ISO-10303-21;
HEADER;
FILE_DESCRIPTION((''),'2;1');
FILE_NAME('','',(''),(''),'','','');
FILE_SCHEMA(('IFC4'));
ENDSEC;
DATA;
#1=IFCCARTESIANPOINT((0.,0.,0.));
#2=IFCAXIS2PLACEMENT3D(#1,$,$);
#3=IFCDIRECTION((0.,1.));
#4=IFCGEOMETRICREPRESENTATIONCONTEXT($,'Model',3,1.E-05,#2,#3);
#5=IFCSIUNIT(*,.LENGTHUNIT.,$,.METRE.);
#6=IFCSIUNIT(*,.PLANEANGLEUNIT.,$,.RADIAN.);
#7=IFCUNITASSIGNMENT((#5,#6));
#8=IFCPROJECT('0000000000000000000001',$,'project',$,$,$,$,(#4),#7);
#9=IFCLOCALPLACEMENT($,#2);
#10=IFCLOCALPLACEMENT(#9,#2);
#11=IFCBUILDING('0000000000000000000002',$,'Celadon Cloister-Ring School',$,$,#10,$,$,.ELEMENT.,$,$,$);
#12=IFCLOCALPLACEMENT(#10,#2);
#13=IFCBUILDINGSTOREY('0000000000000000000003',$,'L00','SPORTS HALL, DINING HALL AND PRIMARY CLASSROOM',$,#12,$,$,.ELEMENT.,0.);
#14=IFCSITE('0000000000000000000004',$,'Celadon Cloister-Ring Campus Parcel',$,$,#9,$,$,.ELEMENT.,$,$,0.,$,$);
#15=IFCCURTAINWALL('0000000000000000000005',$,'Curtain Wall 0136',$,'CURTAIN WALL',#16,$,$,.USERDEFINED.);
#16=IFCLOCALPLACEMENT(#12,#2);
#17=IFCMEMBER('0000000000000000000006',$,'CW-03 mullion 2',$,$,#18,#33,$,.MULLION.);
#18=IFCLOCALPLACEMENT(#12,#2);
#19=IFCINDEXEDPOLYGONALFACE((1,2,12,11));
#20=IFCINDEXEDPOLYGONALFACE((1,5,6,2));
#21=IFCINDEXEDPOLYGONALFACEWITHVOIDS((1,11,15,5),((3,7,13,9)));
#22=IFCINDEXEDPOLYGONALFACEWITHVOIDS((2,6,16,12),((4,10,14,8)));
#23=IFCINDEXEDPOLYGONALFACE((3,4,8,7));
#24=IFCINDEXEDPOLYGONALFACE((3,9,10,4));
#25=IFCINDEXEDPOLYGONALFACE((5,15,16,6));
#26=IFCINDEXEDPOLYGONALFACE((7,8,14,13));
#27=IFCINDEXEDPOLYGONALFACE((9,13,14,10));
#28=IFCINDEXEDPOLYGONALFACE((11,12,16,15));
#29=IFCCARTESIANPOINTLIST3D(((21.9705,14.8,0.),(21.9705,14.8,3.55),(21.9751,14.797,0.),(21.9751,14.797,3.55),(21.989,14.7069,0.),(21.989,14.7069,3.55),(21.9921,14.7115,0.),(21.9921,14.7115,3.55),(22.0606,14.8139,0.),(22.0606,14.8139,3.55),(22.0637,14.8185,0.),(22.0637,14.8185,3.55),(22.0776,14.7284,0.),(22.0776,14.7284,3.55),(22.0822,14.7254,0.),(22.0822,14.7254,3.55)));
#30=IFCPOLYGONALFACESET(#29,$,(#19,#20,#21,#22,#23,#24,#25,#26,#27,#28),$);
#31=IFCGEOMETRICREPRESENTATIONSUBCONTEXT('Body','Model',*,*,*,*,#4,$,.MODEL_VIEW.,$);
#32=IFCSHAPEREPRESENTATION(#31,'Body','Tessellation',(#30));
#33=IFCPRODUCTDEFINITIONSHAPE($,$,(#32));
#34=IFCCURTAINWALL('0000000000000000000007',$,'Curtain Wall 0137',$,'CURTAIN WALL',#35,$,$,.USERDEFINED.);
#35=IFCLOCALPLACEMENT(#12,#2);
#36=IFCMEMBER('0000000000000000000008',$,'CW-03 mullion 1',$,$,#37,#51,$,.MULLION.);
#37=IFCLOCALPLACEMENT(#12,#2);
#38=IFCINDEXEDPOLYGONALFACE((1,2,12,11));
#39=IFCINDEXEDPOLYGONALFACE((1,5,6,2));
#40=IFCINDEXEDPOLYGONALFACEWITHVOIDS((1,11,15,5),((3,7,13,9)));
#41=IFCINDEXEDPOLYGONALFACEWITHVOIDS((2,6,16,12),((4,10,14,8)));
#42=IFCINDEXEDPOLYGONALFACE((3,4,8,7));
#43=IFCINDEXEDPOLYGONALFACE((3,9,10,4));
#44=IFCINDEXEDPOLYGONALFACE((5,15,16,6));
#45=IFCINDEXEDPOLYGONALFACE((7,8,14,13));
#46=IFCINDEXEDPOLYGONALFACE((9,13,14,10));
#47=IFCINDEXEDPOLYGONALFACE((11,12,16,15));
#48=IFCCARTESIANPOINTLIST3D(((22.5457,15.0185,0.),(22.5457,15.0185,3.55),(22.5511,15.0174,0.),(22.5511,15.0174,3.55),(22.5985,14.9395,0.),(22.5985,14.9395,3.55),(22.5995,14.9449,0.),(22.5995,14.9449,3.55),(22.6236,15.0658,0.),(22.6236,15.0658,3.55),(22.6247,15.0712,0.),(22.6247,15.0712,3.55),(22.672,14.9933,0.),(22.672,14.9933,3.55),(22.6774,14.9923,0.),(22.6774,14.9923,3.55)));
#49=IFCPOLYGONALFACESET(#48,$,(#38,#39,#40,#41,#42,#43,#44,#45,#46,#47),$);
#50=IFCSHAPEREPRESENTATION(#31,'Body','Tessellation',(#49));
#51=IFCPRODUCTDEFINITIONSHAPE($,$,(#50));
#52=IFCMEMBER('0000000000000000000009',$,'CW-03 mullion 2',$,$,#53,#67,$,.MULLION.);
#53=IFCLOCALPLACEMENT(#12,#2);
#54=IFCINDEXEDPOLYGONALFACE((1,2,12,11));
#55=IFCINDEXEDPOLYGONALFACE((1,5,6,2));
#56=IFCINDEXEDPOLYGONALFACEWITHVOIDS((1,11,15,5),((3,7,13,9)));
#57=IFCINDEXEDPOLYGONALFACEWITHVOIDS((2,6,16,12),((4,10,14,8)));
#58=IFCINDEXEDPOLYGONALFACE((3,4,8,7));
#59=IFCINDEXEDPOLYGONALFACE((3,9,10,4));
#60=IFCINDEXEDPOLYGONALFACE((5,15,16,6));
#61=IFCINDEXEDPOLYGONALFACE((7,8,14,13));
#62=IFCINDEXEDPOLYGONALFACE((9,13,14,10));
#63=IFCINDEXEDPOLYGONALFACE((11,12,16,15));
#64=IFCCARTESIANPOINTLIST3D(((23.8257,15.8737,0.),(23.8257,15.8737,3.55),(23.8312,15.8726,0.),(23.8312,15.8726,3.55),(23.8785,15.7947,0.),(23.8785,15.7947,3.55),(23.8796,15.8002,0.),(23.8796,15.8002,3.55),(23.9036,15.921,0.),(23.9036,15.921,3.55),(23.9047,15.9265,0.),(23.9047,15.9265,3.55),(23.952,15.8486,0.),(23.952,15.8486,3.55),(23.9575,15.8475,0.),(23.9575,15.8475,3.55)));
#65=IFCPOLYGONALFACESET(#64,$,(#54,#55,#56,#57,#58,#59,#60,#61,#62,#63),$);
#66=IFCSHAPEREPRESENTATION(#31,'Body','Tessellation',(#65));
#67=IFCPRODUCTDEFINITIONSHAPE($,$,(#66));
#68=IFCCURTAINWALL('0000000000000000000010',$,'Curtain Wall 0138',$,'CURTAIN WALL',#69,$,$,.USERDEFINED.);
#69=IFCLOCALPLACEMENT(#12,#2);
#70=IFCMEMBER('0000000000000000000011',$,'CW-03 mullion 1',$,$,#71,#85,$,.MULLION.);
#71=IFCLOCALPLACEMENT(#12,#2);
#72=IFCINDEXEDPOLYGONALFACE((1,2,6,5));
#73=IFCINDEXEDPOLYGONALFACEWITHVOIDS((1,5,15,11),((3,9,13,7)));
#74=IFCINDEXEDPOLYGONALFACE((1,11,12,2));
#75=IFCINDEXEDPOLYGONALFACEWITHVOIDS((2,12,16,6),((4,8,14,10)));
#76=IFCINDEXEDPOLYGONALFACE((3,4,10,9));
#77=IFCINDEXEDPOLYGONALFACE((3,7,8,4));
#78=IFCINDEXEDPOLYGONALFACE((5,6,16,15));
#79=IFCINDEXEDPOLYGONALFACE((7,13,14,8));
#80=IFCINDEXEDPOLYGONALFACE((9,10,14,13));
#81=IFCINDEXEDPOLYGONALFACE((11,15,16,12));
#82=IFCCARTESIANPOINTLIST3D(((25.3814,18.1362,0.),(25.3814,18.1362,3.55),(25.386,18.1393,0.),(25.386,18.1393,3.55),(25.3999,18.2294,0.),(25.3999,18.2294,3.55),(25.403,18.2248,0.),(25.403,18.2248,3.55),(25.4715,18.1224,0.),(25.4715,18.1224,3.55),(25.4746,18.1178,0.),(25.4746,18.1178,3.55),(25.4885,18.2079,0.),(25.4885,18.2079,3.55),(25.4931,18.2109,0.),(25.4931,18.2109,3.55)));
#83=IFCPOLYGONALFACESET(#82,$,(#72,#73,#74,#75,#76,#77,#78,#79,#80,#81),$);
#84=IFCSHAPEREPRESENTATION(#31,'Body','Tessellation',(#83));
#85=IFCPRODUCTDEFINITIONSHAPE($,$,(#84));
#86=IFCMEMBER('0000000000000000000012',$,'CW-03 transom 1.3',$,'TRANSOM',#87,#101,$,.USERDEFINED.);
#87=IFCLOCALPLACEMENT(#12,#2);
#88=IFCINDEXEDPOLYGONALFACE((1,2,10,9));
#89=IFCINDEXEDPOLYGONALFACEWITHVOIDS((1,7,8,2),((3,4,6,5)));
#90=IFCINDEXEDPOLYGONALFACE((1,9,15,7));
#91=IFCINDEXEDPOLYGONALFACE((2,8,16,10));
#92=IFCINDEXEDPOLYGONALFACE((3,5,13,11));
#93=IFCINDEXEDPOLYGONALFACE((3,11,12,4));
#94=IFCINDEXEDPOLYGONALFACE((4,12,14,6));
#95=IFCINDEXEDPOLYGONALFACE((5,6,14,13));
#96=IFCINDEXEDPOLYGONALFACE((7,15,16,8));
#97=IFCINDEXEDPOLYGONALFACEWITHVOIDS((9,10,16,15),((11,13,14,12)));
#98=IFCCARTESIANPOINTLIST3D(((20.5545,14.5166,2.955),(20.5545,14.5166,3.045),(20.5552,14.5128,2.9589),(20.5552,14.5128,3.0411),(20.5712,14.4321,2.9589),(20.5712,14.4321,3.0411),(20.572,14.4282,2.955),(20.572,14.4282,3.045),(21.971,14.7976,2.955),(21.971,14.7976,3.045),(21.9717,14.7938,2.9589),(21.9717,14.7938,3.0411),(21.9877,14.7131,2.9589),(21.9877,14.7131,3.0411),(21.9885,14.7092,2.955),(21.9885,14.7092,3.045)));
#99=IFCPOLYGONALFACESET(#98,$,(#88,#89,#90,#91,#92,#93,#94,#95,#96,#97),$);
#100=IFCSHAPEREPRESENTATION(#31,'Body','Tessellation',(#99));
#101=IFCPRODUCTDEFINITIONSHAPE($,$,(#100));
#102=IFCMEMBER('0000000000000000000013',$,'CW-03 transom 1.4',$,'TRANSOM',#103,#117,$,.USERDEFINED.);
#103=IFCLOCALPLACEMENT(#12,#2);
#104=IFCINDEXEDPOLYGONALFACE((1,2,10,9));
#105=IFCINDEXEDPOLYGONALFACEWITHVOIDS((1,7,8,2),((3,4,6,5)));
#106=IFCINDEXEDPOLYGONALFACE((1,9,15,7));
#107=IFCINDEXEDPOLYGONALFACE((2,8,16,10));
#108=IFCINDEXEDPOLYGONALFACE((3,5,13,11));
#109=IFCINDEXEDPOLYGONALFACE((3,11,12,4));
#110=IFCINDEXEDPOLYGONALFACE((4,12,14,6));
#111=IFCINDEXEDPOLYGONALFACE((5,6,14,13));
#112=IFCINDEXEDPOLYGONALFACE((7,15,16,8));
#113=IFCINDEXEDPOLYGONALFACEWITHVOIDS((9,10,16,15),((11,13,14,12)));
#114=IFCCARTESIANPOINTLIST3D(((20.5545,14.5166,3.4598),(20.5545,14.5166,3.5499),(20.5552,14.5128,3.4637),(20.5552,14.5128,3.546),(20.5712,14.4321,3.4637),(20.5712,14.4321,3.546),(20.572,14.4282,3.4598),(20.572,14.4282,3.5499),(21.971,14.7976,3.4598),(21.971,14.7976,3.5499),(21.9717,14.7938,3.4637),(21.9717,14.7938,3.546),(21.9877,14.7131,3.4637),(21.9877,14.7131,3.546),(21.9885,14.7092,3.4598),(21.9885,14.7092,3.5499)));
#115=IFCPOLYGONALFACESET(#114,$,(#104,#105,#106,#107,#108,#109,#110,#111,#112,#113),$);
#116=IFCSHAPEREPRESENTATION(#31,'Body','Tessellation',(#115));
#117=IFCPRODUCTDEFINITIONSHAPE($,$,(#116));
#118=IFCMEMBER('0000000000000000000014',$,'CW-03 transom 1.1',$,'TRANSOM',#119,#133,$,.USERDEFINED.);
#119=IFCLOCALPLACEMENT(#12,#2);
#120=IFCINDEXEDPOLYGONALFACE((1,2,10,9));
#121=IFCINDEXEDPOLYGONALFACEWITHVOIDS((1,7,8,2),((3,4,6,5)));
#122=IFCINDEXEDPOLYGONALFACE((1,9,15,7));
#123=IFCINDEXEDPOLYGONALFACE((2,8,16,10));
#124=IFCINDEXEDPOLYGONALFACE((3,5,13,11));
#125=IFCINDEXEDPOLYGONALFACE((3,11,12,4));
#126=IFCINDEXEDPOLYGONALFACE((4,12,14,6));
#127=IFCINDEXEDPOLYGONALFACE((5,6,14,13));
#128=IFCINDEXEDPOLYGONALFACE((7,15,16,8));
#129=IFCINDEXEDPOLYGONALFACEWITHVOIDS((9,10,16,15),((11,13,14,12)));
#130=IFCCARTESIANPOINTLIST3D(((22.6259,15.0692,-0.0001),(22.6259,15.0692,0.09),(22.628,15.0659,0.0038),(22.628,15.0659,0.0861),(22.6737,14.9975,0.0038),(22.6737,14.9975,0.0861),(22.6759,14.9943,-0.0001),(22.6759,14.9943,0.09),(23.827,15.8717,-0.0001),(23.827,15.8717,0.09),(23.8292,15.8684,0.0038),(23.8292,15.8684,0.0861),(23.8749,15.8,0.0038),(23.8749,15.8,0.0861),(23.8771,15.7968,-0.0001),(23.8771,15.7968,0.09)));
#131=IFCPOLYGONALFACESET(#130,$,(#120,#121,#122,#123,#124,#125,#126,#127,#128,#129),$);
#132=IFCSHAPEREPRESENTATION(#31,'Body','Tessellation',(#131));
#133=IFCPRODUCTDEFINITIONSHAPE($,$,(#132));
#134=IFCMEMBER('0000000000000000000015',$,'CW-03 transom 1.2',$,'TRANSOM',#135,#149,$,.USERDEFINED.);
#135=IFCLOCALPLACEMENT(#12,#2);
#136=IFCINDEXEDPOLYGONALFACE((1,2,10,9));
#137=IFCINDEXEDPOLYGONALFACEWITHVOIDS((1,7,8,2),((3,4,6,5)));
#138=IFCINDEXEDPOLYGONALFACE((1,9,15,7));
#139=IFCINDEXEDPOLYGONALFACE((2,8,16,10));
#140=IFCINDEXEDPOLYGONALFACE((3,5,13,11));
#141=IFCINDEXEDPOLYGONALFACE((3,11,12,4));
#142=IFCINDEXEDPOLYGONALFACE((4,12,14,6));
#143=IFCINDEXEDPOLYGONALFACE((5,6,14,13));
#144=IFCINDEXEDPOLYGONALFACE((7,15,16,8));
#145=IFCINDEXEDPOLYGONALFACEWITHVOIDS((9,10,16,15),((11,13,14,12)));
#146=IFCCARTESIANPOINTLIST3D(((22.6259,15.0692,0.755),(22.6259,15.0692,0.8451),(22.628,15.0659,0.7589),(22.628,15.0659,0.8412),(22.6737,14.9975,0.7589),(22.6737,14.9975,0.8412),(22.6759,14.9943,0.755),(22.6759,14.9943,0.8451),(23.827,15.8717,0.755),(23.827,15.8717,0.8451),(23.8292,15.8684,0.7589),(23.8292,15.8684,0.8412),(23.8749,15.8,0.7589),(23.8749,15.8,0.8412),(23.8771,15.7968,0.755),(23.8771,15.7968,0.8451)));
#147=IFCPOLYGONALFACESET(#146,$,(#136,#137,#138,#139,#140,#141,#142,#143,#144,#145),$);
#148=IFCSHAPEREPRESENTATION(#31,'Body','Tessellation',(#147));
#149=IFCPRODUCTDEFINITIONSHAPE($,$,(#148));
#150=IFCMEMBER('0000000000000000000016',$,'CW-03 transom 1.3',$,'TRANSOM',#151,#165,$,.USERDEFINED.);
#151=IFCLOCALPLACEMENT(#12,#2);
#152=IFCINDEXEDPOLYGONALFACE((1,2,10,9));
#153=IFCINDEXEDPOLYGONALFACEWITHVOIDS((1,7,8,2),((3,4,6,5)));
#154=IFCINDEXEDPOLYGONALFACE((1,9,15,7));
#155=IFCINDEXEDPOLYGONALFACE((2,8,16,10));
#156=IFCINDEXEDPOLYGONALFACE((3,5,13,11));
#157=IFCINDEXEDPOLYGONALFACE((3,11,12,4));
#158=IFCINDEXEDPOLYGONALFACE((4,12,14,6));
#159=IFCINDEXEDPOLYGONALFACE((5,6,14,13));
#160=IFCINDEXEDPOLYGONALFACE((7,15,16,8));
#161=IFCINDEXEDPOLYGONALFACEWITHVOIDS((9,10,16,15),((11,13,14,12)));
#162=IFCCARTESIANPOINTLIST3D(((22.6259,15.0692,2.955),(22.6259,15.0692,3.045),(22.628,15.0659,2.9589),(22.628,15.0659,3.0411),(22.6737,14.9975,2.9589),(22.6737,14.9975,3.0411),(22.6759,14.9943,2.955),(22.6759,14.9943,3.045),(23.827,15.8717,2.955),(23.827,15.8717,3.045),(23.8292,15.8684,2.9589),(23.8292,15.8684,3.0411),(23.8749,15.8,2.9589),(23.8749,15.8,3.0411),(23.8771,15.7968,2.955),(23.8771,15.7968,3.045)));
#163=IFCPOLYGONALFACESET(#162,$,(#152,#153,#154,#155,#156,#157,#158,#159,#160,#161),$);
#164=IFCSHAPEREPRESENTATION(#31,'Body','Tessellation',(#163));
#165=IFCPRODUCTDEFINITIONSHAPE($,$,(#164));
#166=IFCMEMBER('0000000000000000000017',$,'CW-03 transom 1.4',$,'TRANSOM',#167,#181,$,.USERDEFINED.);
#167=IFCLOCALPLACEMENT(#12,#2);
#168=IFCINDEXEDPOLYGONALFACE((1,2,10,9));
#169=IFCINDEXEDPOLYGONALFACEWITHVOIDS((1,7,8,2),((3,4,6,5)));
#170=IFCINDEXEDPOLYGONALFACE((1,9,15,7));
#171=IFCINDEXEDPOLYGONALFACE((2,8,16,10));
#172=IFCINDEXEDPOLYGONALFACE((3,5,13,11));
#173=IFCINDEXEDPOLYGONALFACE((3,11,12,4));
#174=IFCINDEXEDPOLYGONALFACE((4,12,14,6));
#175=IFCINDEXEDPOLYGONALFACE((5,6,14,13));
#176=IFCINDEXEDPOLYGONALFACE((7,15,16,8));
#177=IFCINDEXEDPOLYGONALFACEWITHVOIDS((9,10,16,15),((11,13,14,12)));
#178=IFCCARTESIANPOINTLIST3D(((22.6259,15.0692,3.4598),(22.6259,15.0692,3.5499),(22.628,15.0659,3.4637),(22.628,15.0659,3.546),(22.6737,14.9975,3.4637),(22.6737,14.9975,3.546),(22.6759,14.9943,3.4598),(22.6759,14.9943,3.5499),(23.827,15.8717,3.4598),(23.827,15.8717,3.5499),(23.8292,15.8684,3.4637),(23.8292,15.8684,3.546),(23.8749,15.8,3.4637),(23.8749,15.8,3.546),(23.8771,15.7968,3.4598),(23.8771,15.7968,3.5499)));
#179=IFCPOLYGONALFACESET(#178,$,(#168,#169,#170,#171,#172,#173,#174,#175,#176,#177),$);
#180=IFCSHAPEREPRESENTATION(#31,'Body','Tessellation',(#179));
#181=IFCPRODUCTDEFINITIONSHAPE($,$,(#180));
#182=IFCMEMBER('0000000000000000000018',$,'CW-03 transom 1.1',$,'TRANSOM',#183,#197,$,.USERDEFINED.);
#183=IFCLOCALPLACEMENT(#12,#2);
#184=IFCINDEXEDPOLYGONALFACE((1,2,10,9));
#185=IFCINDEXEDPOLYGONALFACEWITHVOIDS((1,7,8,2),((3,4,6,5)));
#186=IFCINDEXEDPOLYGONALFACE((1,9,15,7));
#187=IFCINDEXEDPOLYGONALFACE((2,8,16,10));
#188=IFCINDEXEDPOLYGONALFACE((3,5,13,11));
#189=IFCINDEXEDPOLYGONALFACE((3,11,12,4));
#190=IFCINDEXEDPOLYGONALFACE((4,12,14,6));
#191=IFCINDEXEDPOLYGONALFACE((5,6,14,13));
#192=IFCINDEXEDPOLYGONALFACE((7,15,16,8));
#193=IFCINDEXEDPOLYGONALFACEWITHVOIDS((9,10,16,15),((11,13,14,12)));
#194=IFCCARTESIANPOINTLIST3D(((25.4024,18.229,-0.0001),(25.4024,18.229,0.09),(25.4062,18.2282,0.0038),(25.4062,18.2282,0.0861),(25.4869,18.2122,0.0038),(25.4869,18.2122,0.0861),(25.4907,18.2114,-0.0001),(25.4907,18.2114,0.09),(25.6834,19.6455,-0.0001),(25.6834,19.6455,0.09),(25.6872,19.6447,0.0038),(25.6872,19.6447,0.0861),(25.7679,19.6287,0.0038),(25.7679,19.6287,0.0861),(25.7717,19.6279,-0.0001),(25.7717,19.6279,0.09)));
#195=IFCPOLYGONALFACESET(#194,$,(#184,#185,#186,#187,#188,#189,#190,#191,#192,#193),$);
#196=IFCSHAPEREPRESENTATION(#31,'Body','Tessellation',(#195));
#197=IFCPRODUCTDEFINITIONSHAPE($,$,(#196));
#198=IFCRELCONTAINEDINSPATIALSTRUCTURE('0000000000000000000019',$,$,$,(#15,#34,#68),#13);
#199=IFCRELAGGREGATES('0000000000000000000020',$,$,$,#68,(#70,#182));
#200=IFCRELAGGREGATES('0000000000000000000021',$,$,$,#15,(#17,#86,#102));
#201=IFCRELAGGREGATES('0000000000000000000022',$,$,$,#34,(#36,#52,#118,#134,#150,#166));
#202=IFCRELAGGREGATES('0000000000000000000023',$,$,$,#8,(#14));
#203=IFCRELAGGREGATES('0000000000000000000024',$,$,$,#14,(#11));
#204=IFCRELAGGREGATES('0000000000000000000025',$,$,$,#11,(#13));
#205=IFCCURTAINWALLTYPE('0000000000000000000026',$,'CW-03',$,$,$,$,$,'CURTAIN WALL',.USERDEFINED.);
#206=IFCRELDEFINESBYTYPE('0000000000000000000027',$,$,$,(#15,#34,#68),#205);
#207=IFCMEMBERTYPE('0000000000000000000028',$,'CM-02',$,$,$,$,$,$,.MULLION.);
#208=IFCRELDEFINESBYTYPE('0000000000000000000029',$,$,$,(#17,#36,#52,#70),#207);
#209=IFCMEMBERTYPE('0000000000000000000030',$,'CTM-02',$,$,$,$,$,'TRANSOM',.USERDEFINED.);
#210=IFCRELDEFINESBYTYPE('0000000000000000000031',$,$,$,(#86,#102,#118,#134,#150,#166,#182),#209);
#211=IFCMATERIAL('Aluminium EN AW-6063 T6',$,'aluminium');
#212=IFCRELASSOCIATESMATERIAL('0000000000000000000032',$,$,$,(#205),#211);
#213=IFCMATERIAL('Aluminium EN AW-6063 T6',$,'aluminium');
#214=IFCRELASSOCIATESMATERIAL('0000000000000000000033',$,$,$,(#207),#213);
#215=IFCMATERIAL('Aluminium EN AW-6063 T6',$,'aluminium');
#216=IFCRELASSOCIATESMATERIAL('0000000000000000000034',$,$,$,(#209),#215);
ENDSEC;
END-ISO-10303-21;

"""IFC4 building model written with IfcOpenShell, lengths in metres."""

from ifc_helpers import new_model, si_unit, direction, frame, origin, origin_2d, place, context, subcontext, project, spatial, hollow_rectangle, extrude, material, material_profile, profile_set, type_object, element, aggregate, save


model = new_model("IFC4")

# Units and contexts
model_context = context("Model", 3, precision=1e-05, world=origin(), true_north=direction((0.0, 1.0)))
body_context = subcontext(model_context, "Body", "Model", "MODEL_VIEW")
ifc_project = project(units=[si_unit("LENGTHUNIT", "METRE"), si_unit("PLANEANGLEUNIT", "RADIAN")], contexts=[model_context])

# Site, building, storey
site_placement = place(None, origin())
site = spatial("IfcSite", under=ifc_project, at=site_placement, Name="Celadon Cloister-Ring Campus Parcel", CompositionType="ELEMENT", RefElevation=0.0)
building_placement = place(site_placement, origin())
building = spatial("IfcBuilding", under=site, at=building_placement, Name="Celadon Cloister-Ring School", CompositionType="ELEMENT")
storey_placement = place(building_placement, origin())
storey = spatial("IfcBuildingStorey", under=building, at=storey_placement, Name="L00", Description="SPORTS HALL, DINING HALL AND PRIMARY CLASSROOM", CompositionType="ELEMENT", Elevation=0.0)

# Curtain wall, member
ifc_material_1 = material(Name="Aluminium EN AW-6063 T6", Category="aluminium")
curtain_wall_type = type_object("IfcCurtainWallType", Name="CW-03", ElementType="CURTAIN WALL", PredefinedType="USERDEFINED", material=ifc_material_1)
curtain_wall_1_placement = place(storey_placement, origin())
curtain_wall_1 = element("IfcCurtainWall", 1, at=curtain_wall_1_placement, inside=storey, type_object=curtain_wall_type, Name="Curtain Wall 0136", ObjectType="CURTAIN WALL", PredefinedType="USERDEFINED")
ifc_material_2 = material(Name="Aluminium EN AW-6063 T6", Category="aluminium")
ifc_material_profile_1 = material_profile(ifc_material_2, hollow_rectangle(XDim=0.095, YDim=0.095, WallThickness=0.0039, at=origin_2d()), Name="RHS95X95X4")
ifc_profile_set_1 = profile_set([ifc_material_profile_1], Name="Aluminium EN AW-6063 T6")
member_type_1 = type_object("IfcMemberType", Name="CM-02", PredefinedType="MULLION", material=ifc_profile_set_1)
member_1_placement = place(storey_placement, frame((22.0264, 14.7627, 0.0), z_axis=(0.0, 0.0, 1.0), x_axis=(-0.194586, 0.980885, 0.0)))
member_1 = element("IfcMember", 2, at=member_1_placement, type_object=member_type_1, Name="CW-03 mullion 2", PredefinedType="MULLION", context=body_context, shape_type="SweptSolid", body=[
    extrude(hollow_rectangle(XDim=0.095, YDim=0.095, WallThickness=0.0039, at=origin_2d()), origin(), (0.0, 0.0, 1.0), 3.55),
])

# Curtain wall, members
curtain_wall_2_placement = place(storey_placement, origin())
curtain_wall_2 = element("IfcCurtainWall", 3, at=curtain_wall_2_placement, inside=storey, type_object=curtain_wall_type, Name="Curtain Wall 0137", ObjectType="CURTAIN WALL", PredefinedType="USERDEFINED")
member_2_placement = place(storey_placement, frame((22.6116, 15.0054, 0.0), z_axis=(0.0, 0.0, 1.0), x_axis=(-0.555547, 0.831485, 0.0)))
member_2 = element("IfcMember", 4, at=member_2_placement, type_object=member_type_1, Name="CW-03 mullion 1", PredefinedType="MULLION", context=body_context, shape_type="SweptSolid", body=[
    extrude(hollow_rectangle(XDim=0.095, YDim=0.095, WallThickness=0.0039, at=origin_2d()), origin(), (0.0, 0.0, 1.0), 3.55),
])
member_3_placement = place(storey_placement, frame((23.8916, 15.8606, 0.0), z_axis=(0.0, 0.0, 1.0), x_axis=(-0.555547, 0.831485, 0.0)))
member_3 = element("IfcMember", 5, at=member_3_placement, type_object=member_type_1, Name="CW-03 mullion 2", PredefinedType="MULLION", context=body_context, shape_type="SweptSolid", body=[
    extrude(hollow_rectangle(XDim=0.095, YDim=0.095, WallThickness=0.0039, at=origin_2d()), origin(), (0.0, 0.0, 1.0), 3.55),
])

# Curtain wall, member
curtain_wall_3_placement = place(storey_placement, origin())
curtain_wall_3 = element("IfcCurtainWall", 6, at=curtain_wall_3_placement, inside=storey, type_object=curtain_wall_type, Name="Curtain Wall 0138", ObjectType="CURTAIN WALL", PredefinedType="USERDEFINED")
member_4_placement = place(storey_placement, frame((25.4373, 18.1736, 0.0), z_axis=(0.0, 0.0, 1.0), x_axis=(-0.980885, 0.194586, 0.0)))
member_4 = element("IfcMember", 7, at=member_4_placement, type_object=member_type_1, Name="CW-03 mullion 1", PredefinedType="MULLION", context=body_context, shape_type="SweptSolid", body=[
    extrude(hollow_rectangle(XDim=0.095, YDim=0.095, WallThickness=0.0039, at=origin_2d()), origin(), (0.0, 0.0, 1.0), 3.55),
])

# Members
ifc_material_3 = material(Name="Aluminium EN AW-6063 T6", Category="aluminium")
ifc_material_profile_2 = material_profile(ifc_material_3, hollow_rectangle(XDim=0.0901, YDim=0.0901, WallThickness=0.0039, at=origin_2d()), Name="RHS90X90X4")
ifc_profile_set_2 = profile_set([ifc_material_profile_2], Name="Aluminium EN AW-6063 T6")
member_type_2 = type_object("IfcMemberType", Name="CTM-02", ElementType="TRANSOM", PredefinedType="USERDEFINED", material=ifc_profile_set_2)
member_5_placement = place(storey_placement, frame((20.5632, 14.4724, 3.0), z_axis=(0.980885, 0.194588, 0.0), x_axis=(-0.194588, 0.980885, 0.0)))
member_5 = element("IfcMember", 8, at=member_5_placement, type_object=member_type_2, Name="CW-03 transom 1.3", ObjectType="TRANSOM", PredefinedType="USERDEFINED", context=body_context, shape_type="SweptSolid", body=[
    extrude(hollow_rectangle(XDim=0.0901, YDim=0.0901, WallThickness=0.0039, at=origin_2d()), origin(), (0.0, 0.0, 1.0), 1.4441),
])
member_6_placement = place(storey_placement, frame((20.5632, 14.4724, 3.5049), z_axis=(0.980885, 0.194588, 0.0), x_axis=(-0.194588, 0.980885, 0.0)))
member_6 = element("IfcMember", 9, at=member_6_placement, type_object=member_type_2, Name="CW-03 transom 1.4", ObjectType="TRANSOM", PredefinedType="USERDEFINED", context=body_context, shape_type="SweptSolid", body=[
    extrude(hollow_rectangle(XDim=0.0901, YDim=0.0901, WallThickness=0.0039, at=origin_2d()), origin(), (0.0, 0.0, 1.0), 1.4441),
])
member_7_placement = place(storey_placement, frame((22.6509, 15.0317, 0.0449), z_axis=(0.831504, 0.555519, 0.0), x_axis=(-0.555519, 0.831504, 0.0)))
member_7 = element("IfcMember", 10, at=member_7_placement, type_object=member_type_2, Name="CW-03 transom 1.1", ObjectType="TRANSOM", PredefinedType="USERDEFINED", context=body_context, shape_type="SweptSolid", body=[
    extrude(hollow_rectangle(XDim=0.0901, YDim=0.0901, WallThickness=0.0039, at=origin_2d()), origin(), (0.0, 0.0, 1.0), 1.4446),
])
member_8_placement = place(storey_placement, frame((22.6509, 15.0317, 0.8), z_axis=(0.831504, 0.555519, 0.0), x_axis=(-0.555519, 0.831504, 0.0)))
member_8 = element("IfcMember", 11, at=member_8_placement, type_object=member_type_2, Name="CW-03 transom 1.2", ObjectType="TRANSOM", PredefinedType="USERDEFINED", context=body_context, shape_type="SweptSolid", body=[
    extrude(hollow_rectangle(XDim=0.0901, YDim=0.0901, WallThickness=0.0039, at=origin_2d()), origin(), (0.0, 0.0, 1.0), 1.4446),
])
member_9_placement = place(storey_placement, frame((22.6509, 15.0317, 3.0), z_axis=(0.831504, 0.555519, 0.0), x_axis=(-0.555519, 0.831504, 0.0)))
member_9 = element("IfcMember", 12, at=member_9_placement, type_object=member_type_2, Name="CW-03 transom 1.3", ObjectType="TRANSOM", PredefinedType="USERDEFINED", context=body_context, shape_type="SweptSolid", body=[
    extrude(hollow_rectangle(XDim=0.0901, YDim=0.0901, WallThickness=0.0039, at=origin_2d()), origin(), (0.0, 0.0, 1.0), 1.4446),
])
member_10_placement = place(storey_placement, frame((22.6509, 15.0317, 3.5049), z_axis=(0.831504, 0.555519, 0.0), x_axis=(-0.555519, 0.831504, 0.0)))
member_10 = element("IfcMember", 13, at=member_10_placement, type_object=member_type_2, Name="CW-03 transom 1.4", ObjectType="TRANSOM", PredefinedType="USERDEFINED", context=body_context, shape_type="SweptSolid", body=[
    extrude(hollow_rectangle(XDim=0.0901, YDim=0.0901, WallThickness=0.0039, at=origin_2d()), origin(), (0.0, 0.0, 1.0), 1.4446),
])
member_11_placement = place(storey_placement, frame((25.4465, 18.2202, 0.0449), z_axis=(0.194588, 0.980885, 0.0), x_axis=(-0.980885, 0.194588, 0.0)))
member_11 = element("IfcMember", 14, at=member_11_placement, type_object=member_type_2, Name="CW-03 transom 1.1", ObjectType="TRANSOM", PredefinedType="USERDEFINED", context=body_context, shape_type="SweptSolid", body=[
    extrude(hollow_rectangle(XDim=0.0901, YDim=0.0901, WallThickness=0.0039, at=origin_2d()), origin(), (0.0, 0.0, 1.0), 1.4441),
])
aggregate(curtain_wall_3, [member_4, member_11])

aggregate(curtain_wall_1, [member_1, member_5, member_6])
aggregate(curtain_wall_2, [member_2, member_3, member_7, member_8, member_9, member_10])

save(model, "model.ifc")
